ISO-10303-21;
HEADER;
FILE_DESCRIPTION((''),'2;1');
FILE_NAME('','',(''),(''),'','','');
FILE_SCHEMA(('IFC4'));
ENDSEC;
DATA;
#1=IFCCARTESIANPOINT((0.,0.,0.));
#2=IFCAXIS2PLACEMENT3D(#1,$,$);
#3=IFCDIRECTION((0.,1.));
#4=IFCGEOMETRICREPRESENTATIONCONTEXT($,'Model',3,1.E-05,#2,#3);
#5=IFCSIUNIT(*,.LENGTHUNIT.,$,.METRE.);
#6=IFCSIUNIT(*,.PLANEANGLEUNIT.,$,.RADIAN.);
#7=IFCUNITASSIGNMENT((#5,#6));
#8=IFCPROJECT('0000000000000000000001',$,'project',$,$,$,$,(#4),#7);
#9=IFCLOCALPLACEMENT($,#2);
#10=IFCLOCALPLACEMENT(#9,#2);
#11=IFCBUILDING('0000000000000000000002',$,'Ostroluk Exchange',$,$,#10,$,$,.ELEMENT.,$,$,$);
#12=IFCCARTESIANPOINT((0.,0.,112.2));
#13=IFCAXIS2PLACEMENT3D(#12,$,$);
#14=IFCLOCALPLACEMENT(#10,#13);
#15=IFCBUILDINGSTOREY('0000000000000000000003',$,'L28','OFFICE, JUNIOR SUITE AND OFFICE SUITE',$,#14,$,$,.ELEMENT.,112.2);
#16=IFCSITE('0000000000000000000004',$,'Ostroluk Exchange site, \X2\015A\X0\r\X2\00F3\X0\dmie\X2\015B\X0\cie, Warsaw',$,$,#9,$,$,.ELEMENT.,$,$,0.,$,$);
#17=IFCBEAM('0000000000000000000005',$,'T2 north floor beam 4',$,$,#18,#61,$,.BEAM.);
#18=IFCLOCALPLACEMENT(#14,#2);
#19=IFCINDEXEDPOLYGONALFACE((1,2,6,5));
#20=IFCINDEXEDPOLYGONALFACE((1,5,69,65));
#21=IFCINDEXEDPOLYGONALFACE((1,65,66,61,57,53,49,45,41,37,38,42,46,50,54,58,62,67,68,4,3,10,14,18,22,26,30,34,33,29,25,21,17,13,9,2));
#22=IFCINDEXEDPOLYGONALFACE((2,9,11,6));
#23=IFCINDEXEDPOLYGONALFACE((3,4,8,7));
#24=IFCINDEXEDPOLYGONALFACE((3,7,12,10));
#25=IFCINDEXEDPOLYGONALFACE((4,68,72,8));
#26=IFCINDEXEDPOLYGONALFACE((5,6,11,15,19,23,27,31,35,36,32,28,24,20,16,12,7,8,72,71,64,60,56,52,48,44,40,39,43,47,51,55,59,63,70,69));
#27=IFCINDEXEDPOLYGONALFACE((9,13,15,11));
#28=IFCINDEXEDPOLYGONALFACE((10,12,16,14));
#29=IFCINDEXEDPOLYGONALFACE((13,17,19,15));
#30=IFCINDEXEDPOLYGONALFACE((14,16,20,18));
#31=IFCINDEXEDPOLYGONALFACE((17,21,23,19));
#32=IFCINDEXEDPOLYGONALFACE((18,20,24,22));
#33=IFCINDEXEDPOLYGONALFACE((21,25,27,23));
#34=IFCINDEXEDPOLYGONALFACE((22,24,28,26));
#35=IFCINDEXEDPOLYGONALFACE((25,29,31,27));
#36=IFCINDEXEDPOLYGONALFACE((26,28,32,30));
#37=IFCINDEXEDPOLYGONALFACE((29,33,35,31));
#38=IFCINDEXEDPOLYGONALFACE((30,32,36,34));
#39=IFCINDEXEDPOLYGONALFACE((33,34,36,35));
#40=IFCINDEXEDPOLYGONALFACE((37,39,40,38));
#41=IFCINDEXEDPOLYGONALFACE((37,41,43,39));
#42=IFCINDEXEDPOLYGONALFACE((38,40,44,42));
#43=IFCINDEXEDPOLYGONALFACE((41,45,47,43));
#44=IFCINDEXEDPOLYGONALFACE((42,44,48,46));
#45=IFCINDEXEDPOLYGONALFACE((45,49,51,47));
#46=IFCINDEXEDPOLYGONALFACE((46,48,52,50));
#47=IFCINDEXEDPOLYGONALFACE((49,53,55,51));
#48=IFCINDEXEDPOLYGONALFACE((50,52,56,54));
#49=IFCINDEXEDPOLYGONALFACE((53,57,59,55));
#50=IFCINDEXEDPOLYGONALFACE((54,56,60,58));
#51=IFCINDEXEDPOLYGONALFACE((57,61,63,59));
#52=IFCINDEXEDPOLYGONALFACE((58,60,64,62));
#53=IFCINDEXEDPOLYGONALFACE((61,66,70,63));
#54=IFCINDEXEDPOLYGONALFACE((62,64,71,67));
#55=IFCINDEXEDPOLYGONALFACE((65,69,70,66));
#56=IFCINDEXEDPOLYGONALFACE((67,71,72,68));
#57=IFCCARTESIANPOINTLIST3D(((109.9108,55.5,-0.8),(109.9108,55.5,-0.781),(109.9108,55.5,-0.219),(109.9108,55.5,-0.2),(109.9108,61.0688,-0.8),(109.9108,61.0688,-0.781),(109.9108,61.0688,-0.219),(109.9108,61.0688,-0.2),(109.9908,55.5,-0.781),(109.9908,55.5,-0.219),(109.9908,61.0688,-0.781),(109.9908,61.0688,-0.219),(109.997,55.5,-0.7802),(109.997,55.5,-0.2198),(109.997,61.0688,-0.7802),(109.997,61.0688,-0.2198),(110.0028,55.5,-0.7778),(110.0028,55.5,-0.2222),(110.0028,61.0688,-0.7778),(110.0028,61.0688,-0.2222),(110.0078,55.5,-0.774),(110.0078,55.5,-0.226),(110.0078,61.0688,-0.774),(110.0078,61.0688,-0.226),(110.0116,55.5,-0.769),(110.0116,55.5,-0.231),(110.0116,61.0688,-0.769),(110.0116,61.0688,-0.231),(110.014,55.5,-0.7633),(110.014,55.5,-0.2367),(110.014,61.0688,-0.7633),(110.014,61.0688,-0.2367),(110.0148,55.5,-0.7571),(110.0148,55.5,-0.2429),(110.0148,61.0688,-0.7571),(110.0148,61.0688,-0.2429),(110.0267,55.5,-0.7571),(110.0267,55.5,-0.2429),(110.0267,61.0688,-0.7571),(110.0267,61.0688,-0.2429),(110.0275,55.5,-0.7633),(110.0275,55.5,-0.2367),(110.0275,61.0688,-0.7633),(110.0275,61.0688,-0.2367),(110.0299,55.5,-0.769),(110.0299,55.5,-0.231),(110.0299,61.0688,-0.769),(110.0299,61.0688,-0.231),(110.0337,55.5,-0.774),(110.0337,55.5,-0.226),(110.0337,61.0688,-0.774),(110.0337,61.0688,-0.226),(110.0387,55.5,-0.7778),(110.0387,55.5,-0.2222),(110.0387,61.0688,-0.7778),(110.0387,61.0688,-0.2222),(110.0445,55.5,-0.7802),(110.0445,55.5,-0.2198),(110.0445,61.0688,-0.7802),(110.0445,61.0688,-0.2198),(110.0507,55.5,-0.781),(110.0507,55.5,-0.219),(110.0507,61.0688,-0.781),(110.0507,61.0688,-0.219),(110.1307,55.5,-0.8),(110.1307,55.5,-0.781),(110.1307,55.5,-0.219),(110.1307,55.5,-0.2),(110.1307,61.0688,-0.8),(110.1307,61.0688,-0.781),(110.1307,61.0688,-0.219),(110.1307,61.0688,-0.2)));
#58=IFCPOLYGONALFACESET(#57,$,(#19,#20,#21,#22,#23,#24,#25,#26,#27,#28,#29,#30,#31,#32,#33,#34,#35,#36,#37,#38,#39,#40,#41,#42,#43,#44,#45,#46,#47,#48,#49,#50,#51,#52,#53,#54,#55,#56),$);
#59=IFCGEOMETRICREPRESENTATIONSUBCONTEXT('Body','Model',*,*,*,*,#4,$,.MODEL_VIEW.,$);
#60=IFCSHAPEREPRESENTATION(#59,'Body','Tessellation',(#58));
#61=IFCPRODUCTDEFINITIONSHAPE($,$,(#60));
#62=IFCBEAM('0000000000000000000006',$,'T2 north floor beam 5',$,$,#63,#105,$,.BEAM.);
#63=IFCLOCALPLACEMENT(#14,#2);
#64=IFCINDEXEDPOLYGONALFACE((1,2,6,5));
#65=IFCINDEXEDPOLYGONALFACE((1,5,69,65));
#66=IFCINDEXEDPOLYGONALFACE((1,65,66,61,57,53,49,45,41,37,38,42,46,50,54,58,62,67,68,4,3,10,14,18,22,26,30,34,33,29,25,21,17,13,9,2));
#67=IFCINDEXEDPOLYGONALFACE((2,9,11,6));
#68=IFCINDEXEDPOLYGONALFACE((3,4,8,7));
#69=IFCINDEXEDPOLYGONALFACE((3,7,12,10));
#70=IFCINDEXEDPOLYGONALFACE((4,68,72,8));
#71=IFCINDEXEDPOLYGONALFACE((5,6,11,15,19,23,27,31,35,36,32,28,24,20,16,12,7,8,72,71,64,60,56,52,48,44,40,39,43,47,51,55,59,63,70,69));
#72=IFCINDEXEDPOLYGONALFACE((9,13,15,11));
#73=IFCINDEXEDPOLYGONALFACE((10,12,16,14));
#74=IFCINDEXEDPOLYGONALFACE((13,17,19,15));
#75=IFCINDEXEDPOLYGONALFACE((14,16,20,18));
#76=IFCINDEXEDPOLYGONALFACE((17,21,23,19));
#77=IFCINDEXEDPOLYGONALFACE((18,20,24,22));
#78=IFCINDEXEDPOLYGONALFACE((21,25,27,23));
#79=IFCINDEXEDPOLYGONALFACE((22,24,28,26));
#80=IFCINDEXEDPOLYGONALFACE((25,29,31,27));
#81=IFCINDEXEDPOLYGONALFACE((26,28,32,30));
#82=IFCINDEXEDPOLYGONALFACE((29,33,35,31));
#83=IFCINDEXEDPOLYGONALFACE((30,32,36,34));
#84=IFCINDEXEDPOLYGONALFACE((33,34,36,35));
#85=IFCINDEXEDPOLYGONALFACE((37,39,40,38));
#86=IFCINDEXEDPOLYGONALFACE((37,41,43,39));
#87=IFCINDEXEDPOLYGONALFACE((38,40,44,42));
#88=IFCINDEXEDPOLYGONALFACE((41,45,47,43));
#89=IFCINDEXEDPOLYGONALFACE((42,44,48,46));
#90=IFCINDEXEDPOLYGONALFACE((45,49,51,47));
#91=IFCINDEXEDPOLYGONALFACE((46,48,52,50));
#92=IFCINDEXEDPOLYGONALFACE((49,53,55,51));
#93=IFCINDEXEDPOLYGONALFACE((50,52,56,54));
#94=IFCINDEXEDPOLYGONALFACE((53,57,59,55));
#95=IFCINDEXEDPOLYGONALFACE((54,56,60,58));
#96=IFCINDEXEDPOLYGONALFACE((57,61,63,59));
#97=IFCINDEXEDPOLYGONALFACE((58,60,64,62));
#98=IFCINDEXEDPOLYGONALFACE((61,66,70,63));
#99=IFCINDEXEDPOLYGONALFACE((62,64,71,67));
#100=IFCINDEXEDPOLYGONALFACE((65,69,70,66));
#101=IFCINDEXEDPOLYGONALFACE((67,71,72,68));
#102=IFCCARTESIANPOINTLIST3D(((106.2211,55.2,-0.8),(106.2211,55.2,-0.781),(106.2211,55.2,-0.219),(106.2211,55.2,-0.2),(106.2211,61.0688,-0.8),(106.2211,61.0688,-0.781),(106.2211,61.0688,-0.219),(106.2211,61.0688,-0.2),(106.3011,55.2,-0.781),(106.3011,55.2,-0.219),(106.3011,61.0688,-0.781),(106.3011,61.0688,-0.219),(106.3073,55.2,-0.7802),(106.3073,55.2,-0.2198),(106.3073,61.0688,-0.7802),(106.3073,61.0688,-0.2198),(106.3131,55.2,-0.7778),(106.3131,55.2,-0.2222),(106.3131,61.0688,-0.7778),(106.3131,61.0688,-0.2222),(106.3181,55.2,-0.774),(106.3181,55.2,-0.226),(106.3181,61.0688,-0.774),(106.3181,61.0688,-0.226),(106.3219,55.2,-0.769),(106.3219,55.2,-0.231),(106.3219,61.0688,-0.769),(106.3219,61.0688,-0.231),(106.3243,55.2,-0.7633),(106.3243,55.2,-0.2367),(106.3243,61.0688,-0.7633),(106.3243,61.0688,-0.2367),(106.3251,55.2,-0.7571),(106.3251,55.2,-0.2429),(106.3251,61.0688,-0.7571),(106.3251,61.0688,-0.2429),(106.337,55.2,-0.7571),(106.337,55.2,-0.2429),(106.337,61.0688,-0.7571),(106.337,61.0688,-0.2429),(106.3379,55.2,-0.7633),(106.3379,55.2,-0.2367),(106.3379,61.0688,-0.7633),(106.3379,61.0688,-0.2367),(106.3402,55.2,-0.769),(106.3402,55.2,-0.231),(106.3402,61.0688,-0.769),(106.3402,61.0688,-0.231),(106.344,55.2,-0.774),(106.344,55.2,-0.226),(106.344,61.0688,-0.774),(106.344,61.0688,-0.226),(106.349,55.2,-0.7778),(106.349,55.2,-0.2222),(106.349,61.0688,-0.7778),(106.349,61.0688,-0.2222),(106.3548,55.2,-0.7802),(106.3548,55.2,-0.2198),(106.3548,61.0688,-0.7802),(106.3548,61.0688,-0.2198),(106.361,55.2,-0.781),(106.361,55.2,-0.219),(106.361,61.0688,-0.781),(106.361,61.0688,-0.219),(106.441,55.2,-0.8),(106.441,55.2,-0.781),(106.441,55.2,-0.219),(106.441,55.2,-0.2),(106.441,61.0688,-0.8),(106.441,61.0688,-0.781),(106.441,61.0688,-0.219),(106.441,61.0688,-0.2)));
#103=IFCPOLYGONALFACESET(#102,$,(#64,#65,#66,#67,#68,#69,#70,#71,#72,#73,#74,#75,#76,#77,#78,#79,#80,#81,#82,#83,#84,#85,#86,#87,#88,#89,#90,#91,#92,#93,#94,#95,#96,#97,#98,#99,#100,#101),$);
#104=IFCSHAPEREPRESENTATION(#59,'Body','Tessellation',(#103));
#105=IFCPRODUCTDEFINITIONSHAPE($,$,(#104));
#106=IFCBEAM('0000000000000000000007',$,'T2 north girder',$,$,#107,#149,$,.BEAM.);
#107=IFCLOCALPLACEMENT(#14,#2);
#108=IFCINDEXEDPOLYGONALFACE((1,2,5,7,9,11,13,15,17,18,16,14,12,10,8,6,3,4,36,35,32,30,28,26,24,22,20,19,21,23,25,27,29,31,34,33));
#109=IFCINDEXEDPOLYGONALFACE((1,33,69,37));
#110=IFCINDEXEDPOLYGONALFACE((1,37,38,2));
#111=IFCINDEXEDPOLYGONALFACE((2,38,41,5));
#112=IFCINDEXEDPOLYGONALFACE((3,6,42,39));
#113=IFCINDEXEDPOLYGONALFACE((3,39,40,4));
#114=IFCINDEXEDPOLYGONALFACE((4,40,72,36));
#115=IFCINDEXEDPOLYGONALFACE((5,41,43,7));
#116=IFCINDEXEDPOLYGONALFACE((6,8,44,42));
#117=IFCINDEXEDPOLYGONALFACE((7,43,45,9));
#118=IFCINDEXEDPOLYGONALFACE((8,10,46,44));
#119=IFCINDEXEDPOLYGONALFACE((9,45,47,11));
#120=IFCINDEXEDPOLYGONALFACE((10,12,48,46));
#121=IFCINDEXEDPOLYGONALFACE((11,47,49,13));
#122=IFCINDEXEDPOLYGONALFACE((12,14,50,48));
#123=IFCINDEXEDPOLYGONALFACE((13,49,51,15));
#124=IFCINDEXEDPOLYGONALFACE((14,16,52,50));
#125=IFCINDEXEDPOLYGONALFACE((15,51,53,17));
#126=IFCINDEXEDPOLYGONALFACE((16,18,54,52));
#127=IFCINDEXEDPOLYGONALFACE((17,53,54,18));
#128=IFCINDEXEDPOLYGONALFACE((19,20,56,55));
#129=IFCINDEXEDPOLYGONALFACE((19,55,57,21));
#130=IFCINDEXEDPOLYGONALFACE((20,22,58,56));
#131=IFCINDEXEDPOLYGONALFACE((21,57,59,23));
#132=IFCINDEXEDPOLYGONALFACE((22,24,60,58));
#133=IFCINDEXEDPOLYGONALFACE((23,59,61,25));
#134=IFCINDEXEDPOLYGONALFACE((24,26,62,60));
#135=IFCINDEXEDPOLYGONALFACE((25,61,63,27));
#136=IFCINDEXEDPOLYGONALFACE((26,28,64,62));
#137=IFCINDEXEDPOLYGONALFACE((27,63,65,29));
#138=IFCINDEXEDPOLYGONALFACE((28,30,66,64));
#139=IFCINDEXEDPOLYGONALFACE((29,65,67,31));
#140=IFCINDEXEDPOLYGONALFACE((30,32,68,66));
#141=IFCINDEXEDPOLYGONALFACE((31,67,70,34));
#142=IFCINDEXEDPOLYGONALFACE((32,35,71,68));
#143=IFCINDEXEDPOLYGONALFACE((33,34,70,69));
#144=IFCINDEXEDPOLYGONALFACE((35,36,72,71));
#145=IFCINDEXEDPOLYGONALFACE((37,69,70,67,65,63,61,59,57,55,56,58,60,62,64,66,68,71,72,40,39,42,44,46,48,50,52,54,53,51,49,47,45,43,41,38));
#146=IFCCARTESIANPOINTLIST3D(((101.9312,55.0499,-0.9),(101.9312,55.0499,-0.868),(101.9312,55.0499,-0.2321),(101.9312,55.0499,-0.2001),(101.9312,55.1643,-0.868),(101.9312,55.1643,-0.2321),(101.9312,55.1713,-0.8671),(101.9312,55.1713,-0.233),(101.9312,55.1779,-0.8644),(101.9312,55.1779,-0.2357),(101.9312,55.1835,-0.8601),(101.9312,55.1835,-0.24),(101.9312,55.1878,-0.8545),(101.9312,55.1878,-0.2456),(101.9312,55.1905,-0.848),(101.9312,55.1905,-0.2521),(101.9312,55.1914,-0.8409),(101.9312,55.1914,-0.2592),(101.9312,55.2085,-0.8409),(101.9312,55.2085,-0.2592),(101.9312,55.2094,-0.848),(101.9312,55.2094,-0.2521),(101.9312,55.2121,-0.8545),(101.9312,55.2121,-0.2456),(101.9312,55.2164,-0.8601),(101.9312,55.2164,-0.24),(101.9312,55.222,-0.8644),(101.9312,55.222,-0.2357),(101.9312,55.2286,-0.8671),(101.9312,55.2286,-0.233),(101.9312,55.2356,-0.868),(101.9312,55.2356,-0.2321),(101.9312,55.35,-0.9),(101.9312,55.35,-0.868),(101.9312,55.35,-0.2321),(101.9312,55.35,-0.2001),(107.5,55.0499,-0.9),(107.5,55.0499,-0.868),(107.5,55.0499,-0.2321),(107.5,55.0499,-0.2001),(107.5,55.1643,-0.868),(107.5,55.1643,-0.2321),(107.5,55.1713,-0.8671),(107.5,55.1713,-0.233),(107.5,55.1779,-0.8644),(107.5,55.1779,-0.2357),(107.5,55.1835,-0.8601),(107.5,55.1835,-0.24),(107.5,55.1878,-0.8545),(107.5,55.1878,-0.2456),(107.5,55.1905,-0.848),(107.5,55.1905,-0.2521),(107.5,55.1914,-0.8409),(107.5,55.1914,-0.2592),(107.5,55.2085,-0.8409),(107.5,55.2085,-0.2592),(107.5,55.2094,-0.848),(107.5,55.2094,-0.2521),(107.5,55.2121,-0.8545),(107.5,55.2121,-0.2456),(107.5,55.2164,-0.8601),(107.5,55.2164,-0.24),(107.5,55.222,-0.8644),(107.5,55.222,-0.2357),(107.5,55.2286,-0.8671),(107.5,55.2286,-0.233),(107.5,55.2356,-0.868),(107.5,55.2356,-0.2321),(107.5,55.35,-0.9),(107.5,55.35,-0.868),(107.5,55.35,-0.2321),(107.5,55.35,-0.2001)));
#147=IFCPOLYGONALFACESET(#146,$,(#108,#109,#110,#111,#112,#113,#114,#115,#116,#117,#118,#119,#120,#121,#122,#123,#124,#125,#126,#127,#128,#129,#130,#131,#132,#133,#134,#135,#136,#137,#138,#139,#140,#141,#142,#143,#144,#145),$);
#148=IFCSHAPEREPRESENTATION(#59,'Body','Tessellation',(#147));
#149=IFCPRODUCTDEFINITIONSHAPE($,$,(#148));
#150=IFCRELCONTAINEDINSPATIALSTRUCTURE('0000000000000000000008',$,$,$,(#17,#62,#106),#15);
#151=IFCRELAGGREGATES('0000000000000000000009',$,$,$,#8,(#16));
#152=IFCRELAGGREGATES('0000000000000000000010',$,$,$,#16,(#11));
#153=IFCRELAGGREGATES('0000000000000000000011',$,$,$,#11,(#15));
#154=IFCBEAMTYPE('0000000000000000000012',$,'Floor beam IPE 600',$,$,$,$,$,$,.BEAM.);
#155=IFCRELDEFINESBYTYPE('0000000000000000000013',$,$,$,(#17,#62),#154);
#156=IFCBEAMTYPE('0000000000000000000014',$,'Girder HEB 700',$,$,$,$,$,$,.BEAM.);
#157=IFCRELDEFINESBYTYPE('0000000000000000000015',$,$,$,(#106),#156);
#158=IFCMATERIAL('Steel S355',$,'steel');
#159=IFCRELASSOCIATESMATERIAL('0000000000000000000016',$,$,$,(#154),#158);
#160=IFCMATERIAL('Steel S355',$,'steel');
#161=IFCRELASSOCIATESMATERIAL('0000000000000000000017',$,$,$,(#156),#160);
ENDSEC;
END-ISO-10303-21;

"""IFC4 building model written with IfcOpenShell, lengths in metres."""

from ifc_helpers import new_model, si_unit, direction, frame, origin, origin_2d, place, context, subcontext, project, spatial, i_section, extrude, material, material_profile, profile_set, type_object, element, save


model = new_model("IFC4")

# Units and contexts
model_context = context("Model", 3, precision=1e-05, world=origin(), true_north=direction((0.0, 1.0)))
body_context = subcontext(model_context, "Body", "Model", "MODEL_VIEW")
ifc_project = project(units=[si_unit("LENGTHUNIT", "METRE"), si_unit("PLANEANGLEUNIT", "RADIAN")], contexts=[model_context])

# Site, building, storey
site_placement = place(None, origin())
site = spatial("IfcSite", under=ifc_project, at=site_placement, Name="Ostroluk Exchange site, Śródmieście, Warsaw", CompositionType="ELEMENT", RefElevation=0.0)
building_placement = place(site_placement, origin())
building = spatial("IfcBuilding", under=site, at=building_placement, Name="Ostroluk Exchange", CompositionType="ELEMENT")
storey_placement = place(building_placement, frame((0.0, 0.0, 112.2)))
storey = spatial("IfcBuildingStorey", under=building, at=storey_placement, Name="L28", Description="OFFICE, JUNIOR SUITE AND OFFICE SUITE", CompositionType="ELEMENT", Elevation=112.2)

# Beams
ifc_material_1 = material(Name="Steel S355", Category="steel")
ifc_material_profile_1 = material_profile(ifc_material_1, i_section(OverallWidth=0.22, OverallDepth=0.6001, WebThickness=0.012, FlangeThickness=0.019, FilletRadius=0.0239, at=origin_2d()), Name="IPE 600")
ifc_profile_set_1 = profile_set([ifc_material_profile_1], Name="Steel S355")
beam_type_1 = type_object("IfcBeamType", Name="Floor beam IPE 600", PredefinedType="BEAM", material=ifc_profile_set_1)
beam_1_placement = place(storey_placement, frame((110.0208, 55.5, -0.5), z_axis=(0.0, 1.0, 0.0), x_axis=(-1.0, 0.0, 0.0)))
element("IfcBeam", 1, at=beam_1_placement, inside=storey, type_object=beam_type_1, Name="T2 north floor beam 4", PredefinedType="BEAM", context=body_context, shape_type="SweptSolid", body=[
    extrude(i_section(OverallWidth=0.22, OverallDepth=0.6001, WebThickness=0.012, FlangeThickness=0.019, FilletRadius=0.0239, at=origin_2d()), origin(), (0.0, 0.0, 1.0), 5.5688),
])
beam_2_placement = place(storey_placement, frame((106.3311, 55.2, -0.5), z_axis=(0.0, 1.0, 0.0), x_axis=(-1.0, 0.0, 0.0)))
element("IfcBeam", 2, at=beam_2_placement, inside=storey, type_object=beam_type_1, Name="T2 north floor beam 5", PredefinedType="BEAM", context=body_context, shape_type="SweptSolid", body=[
    extrude(i_section(OverallWidth=0.22, OverallDepth=0.6001, WebThickness=0.012, FlangeThickness=0.019, FilletRadius=0.0239, at=origin_2d()), origin(), (0.0, 0.0, 1.0), 5.8689),
])
ifc_material_2 = material(Name="Steel S355", Category="steel")
ifc_material_profile_2 = material_profile(ifc_material_2, i_section(OverallWidth=0.3, OverallDepth=0.7, WebThickness=0.0171, FlangeThickness=0.032, FilletRadius=0.0271, at=origin_2d()), Name="HEB 700")
ifc_profile_set_2 = profile_set([ifc_material_profile_2], Name="Steel S355")
beam_type_2 = type_object("IfcBeamType", Name="Girder HEB 700", PredefinedType="BEAM", material=ifc_profile_set_2)
beam_3_placement = place(storey_placement, frame((107.5, 55.2, -0.55), z_axis=(-1.0, 0.0, 0.0), x_axis=(0.0, -1.0, 0.0)))
element("IfcBeam", 3, at=beam_3_placement, inside=storey, type_object=beam_type_2, Name="T2 north girder", PredefinedType="BEAM", context=body_context, shape_type="SweptSolid", body=[
    extrude(i_section(OverallWidth=0.3, OverallDepth=0.7, WebThickness=0.0171, FlangeThickness=0.032, FilletRadius=0.0271, at=origin_2d()), origin(), (0.0, 0.0, 1.0), 5.5688),
])

save(model, "model.ifc")
